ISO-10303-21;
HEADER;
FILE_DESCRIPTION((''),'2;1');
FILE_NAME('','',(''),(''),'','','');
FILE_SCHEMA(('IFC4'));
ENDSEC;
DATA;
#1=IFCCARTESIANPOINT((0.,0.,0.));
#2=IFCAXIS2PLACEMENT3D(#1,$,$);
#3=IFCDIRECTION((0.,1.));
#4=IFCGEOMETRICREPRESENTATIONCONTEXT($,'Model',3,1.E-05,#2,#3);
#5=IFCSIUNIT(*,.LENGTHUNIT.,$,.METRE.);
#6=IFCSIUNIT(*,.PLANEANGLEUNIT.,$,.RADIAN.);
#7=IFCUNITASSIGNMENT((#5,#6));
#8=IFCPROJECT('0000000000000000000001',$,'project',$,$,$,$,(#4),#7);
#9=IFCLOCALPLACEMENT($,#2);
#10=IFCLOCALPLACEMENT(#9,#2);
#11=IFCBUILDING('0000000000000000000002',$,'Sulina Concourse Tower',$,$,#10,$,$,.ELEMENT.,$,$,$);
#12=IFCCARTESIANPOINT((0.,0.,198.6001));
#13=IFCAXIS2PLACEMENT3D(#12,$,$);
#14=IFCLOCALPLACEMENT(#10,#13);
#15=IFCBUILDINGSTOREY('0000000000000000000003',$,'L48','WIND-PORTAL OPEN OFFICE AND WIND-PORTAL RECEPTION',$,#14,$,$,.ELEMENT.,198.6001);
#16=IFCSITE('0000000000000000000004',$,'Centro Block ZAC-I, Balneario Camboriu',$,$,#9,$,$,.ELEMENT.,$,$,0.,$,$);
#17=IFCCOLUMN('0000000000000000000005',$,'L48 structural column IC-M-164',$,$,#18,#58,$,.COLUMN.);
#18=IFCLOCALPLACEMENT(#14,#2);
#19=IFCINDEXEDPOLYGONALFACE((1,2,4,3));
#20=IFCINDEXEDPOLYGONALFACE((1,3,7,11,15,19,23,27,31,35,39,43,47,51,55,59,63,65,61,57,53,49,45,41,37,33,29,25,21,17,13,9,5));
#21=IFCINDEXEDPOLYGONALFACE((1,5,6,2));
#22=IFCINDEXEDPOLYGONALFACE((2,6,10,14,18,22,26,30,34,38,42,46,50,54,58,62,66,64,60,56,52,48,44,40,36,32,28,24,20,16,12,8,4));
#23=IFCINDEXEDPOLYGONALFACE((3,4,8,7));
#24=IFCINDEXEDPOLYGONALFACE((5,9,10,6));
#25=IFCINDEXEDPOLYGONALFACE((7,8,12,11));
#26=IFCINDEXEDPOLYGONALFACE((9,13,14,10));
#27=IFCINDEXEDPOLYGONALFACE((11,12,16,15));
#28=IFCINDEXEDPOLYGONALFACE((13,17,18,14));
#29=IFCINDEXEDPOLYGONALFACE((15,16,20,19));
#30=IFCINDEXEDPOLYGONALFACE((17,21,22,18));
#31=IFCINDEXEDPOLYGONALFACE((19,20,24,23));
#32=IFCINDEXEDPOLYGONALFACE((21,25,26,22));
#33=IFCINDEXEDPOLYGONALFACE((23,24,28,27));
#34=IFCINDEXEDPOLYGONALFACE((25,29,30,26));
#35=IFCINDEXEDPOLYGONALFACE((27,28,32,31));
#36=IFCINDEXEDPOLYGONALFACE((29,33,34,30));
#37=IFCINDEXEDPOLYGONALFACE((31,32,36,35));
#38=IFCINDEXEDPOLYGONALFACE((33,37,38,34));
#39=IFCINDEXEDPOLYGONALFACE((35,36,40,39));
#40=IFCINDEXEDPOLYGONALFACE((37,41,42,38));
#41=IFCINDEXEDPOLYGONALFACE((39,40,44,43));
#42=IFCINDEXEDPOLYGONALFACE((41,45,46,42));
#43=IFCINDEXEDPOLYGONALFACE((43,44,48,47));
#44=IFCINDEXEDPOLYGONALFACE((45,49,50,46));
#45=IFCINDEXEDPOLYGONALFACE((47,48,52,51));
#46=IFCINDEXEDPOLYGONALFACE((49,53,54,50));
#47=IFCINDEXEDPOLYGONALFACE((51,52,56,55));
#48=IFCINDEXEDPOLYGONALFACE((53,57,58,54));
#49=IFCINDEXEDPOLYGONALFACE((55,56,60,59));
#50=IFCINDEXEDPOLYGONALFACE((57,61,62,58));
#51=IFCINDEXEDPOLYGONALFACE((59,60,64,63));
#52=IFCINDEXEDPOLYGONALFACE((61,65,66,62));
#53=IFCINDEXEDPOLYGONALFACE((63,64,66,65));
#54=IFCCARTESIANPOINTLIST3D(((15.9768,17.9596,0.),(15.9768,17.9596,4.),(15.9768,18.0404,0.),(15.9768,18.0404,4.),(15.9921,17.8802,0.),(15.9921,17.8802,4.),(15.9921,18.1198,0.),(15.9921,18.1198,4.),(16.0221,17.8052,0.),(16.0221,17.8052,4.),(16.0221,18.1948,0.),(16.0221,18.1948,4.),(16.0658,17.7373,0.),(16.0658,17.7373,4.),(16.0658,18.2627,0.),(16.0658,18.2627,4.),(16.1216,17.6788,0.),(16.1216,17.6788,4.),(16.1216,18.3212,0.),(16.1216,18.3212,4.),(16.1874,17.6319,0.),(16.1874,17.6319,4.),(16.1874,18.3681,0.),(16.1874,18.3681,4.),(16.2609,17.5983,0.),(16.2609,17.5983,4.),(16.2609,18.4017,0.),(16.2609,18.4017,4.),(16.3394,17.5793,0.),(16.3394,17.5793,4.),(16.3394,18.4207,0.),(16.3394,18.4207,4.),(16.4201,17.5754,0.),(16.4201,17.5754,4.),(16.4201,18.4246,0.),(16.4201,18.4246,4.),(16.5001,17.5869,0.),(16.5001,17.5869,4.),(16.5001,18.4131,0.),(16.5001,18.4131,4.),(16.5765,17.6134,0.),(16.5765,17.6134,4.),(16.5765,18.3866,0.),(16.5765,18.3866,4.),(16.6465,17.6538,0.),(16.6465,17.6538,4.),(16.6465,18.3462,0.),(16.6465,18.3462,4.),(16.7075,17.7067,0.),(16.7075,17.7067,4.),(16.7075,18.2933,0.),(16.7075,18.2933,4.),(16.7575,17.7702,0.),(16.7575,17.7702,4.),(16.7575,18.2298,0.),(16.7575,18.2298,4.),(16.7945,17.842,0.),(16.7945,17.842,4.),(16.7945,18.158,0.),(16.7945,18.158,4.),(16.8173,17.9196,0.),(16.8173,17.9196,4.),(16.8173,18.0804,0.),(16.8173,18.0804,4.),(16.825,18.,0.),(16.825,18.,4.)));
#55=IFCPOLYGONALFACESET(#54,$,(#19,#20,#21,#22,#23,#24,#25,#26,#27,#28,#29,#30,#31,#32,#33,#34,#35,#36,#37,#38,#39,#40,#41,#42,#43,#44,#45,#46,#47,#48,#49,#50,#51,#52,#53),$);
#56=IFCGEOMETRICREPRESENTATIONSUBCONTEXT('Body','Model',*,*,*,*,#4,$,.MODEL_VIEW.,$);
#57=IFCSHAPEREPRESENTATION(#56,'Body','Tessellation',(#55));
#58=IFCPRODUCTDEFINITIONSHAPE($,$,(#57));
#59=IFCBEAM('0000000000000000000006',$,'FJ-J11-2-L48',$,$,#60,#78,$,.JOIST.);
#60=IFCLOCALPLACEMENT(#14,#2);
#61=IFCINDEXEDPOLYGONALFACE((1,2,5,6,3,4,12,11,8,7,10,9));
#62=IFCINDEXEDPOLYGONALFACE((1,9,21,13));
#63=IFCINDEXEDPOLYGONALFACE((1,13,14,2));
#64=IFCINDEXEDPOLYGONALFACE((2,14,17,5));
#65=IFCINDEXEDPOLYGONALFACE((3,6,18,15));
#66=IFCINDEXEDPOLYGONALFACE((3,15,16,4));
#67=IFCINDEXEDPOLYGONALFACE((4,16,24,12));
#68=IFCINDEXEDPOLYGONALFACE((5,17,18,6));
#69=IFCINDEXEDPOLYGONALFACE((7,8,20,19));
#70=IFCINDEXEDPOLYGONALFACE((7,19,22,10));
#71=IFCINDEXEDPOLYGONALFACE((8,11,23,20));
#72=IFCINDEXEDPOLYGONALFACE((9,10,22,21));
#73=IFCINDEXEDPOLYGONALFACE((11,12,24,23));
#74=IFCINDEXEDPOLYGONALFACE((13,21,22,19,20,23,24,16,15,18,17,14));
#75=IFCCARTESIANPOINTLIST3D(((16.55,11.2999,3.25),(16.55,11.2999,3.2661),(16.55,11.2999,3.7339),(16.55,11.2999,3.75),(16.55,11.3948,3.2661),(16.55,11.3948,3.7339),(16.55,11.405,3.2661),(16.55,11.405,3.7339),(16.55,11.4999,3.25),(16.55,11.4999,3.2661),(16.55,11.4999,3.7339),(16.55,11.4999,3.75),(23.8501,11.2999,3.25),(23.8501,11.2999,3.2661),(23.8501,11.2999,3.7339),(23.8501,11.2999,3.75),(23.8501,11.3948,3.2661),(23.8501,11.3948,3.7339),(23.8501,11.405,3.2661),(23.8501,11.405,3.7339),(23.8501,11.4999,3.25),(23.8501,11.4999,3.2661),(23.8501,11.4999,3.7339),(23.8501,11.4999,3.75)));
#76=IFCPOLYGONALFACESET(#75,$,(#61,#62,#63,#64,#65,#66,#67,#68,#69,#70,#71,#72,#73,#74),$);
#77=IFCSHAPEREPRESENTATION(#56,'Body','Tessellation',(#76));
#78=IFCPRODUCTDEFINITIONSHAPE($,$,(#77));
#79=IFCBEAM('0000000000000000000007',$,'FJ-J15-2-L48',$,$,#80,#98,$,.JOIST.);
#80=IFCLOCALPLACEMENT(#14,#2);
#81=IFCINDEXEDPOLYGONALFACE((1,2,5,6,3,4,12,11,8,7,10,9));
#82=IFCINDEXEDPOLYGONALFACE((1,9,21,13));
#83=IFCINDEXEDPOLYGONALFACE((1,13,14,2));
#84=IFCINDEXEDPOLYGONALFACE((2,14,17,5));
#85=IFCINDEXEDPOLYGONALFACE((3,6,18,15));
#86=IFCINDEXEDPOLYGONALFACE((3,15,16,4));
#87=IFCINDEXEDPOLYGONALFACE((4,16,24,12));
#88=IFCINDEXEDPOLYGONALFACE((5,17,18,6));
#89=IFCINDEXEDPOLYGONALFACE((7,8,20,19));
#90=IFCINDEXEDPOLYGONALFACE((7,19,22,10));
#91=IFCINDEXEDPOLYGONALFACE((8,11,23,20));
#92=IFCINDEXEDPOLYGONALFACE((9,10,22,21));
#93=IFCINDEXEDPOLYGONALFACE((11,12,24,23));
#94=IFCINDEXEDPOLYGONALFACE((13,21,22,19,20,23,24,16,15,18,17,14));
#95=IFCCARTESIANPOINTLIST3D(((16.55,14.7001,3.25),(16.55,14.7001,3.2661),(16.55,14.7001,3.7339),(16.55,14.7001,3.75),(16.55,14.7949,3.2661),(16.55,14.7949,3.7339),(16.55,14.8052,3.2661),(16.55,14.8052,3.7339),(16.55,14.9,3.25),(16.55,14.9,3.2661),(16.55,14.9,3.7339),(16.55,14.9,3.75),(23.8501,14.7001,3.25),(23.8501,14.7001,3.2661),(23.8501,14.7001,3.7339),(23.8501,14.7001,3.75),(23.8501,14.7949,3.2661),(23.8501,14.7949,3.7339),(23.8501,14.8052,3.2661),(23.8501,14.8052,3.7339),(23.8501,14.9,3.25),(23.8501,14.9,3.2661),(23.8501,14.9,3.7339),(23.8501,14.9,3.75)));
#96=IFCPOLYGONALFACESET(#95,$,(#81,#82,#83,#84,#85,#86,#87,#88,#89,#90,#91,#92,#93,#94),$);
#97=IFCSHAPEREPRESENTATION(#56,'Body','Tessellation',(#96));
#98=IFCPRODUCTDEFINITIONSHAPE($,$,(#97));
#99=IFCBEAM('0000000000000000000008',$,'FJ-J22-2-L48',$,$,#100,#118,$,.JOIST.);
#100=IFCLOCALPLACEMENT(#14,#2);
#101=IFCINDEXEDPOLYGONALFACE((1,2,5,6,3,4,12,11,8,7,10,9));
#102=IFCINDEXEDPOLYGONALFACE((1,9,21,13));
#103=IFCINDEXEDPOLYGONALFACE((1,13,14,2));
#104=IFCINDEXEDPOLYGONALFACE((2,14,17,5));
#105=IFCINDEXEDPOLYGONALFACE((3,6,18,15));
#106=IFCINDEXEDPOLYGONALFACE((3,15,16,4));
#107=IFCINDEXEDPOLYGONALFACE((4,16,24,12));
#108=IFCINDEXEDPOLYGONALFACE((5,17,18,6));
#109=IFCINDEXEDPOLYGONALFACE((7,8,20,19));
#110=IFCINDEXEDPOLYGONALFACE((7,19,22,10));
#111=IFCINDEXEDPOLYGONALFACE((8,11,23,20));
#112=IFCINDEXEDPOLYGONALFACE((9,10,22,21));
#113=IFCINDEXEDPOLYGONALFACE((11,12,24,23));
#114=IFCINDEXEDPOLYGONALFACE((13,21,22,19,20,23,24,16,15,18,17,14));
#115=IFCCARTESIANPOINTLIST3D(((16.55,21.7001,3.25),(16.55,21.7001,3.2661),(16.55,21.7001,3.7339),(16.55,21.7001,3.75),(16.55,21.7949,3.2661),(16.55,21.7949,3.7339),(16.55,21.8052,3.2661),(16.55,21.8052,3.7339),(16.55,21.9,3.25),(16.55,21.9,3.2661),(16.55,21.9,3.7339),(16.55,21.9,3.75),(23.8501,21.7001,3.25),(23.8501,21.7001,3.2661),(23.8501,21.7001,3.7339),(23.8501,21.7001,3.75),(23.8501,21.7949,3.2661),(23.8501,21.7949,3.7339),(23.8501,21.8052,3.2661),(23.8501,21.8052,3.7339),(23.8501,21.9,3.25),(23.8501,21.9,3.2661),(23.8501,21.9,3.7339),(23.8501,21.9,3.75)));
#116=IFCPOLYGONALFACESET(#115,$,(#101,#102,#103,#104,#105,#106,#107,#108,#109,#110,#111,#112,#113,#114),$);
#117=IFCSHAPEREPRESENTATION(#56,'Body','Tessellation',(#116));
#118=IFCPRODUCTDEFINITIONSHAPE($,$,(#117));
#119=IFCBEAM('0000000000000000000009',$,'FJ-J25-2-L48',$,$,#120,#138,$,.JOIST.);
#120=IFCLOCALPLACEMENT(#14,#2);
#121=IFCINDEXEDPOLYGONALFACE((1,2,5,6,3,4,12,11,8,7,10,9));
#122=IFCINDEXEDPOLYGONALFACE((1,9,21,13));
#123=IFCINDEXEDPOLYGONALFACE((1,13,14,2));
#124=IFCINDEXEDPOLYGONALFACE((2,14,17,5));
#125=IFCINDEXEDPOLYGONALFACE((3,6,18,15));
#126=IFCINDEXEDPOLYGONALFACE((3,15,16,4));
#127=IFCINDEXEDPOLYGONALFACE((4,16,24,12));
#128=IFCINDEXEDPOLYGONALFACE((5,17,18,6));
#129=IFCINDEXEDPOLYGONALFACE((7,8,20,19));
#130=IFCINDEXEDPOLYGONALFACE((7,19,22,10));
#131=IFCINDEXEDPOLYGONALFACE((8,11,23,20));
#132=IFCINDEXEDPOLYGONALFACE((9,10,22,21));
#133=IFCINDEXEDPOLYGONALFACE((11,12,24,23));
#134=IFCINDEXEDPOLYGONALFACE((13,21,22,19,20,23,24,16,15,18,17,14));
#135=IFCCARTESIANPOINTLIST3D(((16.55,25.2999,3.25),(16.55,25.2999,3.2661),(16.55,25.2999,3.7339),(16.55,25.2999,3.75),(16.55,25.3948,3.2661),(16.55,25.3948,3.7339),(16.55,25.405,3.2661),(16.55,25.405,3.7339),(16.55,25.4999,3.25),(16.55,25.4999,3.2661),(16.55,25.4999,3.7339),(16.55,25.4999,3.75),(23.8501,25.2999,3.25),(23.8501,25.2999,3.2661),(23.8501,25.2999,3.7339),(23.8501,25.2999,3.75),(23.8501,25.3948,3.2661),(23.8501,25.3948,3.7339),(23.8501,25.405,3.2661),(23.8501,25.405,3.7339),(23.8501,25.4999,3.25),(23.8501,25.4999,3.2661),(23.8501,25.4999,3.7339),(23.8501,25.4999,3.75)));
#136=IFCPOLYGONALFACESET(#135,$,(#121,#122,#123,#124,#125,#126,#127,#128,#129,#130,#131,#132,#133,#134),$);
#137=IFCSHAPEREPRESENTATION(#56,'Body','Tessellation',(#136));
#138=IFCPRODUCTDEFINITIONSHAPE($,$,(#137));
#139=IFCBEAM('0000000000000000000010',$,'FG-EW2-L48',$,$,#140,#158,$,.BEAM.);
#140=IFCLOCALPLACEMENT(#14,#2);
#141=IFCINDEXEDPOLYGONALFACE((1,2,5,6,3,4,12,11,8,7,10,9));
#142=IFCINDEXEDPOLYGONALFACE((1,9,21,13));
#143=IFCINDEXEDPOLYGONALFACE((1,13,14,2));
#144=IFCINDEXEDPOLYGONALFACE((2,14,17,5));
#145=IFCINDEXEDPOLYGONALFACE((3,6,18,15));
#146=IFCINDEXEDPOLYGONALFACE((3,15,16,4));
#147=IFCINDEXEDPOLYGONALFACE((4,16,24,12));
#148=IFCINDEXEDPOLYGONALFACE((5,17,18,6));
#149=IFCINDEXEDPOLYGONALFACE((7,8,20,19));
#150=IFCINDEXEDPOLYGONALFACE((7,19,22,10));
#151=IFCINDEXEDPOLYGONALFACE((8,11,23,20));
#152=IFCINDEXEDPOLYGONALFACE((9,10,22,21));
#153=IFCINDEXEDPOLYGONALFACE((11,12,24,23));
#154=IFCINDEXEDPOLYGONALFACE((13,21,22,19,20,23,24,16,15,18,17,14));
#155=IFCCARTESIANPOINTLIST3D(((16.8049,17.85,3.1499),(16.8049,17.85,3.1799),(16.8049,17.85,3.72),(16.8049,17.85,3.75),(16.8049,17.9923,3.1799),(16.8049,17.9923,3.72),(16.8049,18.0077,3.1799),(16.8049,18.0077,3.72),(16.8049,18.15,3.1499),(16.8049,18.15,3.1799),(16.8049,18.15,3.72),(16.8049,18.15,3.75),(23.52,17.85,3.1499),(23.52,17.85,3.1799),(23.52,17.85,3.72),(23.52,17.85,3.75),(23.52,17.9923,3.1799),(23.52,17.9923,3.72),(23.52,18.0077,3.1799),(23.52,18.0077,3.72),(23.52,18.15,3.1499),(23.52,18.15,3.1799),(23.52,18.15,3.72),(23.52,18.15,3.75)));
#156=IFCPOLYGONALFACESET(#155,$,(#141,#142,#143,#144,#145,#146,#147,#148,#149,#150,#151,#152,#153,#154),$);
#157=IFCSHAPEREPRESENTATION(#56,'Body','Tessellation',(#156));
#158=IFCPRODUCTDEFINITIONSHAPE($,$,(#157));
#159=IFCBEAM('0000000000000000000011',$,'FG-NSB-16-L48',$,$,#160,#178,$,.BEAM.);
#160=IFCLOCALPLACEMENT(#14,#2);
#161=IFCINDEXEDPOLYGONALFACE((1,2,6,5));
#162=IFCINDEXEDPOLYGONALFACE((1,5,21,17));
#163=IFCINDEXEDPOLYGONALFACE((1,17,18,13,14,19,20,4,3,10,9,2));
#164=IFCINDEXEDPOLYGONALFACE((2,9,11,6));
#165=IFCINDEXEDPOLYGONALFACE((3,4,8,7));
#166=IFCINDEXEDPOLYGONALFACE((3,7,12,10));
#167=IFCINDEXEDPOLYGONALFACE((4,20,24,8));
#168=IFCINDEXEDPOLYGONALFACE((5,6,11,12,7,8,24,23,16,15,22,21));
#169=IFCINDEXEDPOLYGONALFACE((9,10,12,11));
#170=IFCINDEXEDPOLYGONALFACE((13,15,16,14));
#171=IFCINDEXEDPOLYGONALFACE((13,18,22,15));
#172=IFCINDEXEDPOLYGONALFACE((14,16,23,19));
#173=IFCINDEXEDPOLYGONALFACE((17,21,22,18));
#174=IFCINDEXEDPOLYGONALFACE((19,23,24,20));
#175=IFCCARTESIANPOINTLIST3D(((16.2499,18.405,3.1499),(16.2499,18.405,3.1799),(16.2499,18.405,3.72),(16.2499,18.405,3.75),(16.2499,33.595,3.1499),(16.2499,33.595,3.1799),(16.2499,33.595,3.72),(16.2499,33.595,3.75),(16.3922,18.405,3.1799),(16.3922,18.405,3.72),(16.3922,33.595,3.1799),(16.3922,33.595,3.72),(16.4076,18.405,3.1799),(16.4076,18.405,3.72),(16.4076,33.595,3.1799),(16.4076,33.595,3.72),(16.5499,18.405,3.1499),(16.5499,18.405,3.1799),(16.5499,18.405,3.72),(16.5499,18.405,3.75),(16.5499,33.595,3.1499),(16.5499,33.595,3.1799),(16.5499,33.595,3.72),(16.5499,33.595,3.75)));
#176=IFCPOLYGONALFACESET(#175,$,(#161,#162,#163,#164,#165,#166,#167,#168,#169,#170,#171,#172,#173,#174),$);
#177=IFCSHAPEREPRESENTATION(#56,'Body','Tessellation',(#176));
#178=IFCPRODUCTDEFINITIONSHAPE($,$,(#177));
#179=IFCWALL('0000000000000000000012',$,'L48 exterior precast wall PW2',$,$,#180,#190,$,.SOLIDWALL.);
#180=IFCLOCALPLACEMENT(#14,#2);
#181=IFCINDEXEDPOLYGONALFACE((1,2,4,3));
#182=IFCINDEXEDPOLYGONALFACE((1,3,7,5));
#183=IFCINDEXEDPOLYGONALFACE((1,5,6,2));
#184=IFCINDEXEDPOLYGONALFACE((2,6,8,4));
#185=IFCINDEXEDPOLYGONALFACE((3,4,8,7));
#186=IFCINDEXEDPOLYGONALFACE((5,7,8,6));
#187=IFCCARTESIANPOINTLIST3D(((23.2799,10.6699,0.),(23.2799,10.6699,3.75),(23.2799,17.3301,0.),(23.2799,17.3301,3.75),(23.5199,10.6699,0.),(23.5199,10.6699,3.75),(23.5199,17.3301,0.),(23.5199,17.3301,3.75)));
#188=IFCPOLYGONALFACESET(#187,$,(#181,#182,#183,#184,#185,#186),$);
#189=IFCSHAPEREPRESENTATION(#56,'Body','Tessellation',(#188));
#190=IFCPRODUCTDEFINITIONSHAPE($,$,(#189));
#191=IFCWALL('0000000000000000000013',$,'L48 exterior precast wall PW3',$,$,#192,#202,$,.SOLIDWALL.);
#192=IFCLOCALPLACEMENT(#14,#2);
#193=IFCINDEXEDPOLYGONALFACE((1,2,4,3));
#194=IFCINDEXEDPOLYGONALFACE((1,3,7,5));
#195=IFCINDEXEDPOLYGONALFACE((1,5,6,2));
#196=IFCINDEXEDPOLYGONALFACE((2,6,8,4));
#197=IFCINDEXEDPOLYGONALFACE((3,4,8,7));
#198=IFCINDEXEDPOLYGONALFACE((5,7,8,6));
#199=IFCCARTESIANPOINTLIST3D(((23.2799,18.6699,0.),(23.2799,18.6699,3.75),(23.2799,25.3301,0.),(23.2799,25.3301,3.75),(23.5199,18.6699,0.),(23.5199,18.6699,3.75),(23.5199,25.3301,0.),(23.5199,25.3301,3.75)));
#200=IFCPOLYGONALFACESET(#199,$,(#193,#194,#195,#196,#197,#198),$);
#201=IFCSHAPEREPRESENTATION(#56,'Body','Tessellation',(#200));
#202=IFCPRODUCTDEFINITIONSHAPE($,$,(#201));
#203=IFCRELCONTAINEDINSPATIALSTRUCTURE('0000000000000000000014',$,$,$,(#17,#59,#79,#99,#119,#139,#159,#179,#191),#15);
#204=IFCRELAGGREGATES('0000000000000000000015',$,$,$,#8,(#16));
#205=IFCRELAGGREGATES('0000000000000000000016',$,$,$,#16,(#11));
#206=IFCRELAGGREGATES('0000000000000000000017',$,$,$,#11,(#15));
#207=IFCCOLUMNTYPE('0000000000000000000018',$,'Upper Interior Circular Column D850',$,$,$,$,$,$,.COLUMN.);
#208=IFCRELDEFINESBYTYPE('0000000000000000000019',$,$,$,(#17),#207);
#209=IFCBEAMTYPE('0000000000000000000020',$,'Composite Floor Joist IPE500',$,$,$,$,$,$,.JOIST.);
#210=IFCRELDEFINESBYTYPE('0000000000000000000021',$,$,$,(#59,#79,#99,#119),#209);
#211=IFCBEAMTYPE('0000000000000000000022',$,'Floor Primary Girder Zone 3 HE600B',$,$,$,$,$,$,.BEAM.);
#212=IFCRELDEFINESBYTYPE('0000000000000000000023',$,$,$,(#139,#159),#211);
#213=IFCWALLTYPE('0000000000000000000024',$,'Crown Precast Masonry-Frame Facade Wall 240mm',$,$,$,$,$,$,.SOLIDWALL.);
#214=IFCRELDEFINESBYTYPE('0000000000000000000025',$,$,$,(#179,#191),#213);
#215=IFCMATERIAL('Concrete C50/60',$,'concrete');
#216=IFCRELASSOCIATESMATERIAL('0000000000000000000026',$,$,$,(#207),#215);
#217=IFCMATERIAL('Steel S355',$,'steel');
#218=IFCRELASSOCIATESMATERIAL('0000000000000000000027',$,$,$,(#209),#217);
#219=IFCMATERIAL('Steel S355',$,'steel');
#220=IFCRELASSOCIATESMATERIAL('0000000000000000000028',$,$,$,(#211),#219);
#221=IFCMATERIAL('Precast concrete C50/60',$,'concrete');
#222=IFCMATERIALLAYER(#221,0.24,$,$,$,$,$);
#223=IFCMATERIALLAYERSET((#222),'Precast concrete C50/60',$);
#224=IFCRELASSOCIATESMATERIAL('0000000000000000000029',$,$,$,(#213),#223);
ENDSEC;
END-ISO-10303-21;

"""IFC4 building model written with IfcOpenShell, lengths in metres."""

from ifc_helpers import new_model, si_unit, direction, frame, frame_2d, origin, origin_2d, place, context, subcontext, project, spatial, rectangle, circle, i_section, extrude, material, layer, layer_set, material_profile, profile_set, type_object, element, save


model = new_model("IFC4")

# Units and contexts
model_context = context("Model", 3, precision=1e-05, world=origin(), true_north=direction((0.0, 1.0)))
body_context = subcontext(model_context, "Body", "Model", "MODEL_VIEW")
ifc_project = project(units=[si_unit("LENGTHUNIT", "METRE"), si_unit("PLANEANGLEUNIT", "RADIAN")], contexts=[model_context])

# Site, building, storey
site_placement = place(None, origin())
site = spatial("IfcSite", under=ifc_project, at=site_placement, Name="Centro Block ZAC-I, Balneario Camboriu", CompositionType="ELEMENT", RefElevation=0.0)
building_placement = place(site_placement, origin())
building = spatial("IfcBuilding", under=site, at=building_placement, Name="Sulina Concourse Tower", CompositionType="ELEMENT")
storey_placement = place(building_placement, frame((0.0, 0.0, 198.6001)))
storey = spatial("IfcBuildingStorey", under=building, at=storey_placement, Name="L48", Description="WIND-PORTAL OPEN OFFICE AND WIND-PORTAL RECEPTION", CompositionType="ELEMENT", Elevation=198.6001)

# Column
ifc_material_1 = material(Name="Concrete C50/60", Category="concrete")
ifc_material_profile_1 = material_profile(ifc_material_1, circle(Radius=0.425, at=origin_2d()), Name="RC D850")
ifc_profile_set_1 = profile_set([ifc_material_profile_1], Name="Concrete C50/60")
column_type = type_object("IfcColumnType", Name="Upper Interior Circular Column D850", PredefinedType="COLUMN", material=ifc_profile_set_1)
column_placement = place(storey_placement, frame((16.3999, 18.0, 0.0), z_axis=(0.0, 0.0, 1.0), x_axis=(1.0, 0.0, 0.0)))
element("IfcColumn", 1, at=column_placement, inside=storey, type_object=column_type, Name="L48 structural column IC-M-164", PredefinedType="COLUMN", context=body_context, shape_type="SweptSolid", body=[
    extrude(circle(Radius=0.425, at=origin_2d()), origin(), (0.0, 0.0, 1.0), 4.0),
])

# Beams
ifc_material_2 = material(Name="Steel S355", Category="steel")
ifc_material_profile_2 = material_profile(ifc_material_2, i_section(OverallWidth=0.2, OverallDepth=0.5, WebThickness=0.0103, FlangeThickness=0.0161, at=origin_2d()), Name="IPE 500")
ifc_profile_set_2 = profile_set([ifc_material_profile_2], Name="Steel S355")
beam_type_1 = type_object("IfcBeamType", Name="Composite Floor Joist IPE500", PredefinedType="JOIST", material=ifc_profile_set_2)
for number, where, z_axis, x_axis, name in (
    (2, (16.55, 11.3999, 3.5), (1.0, 0.0, 0.0), (0.0, 1.0, 0.0), "FJ-J11-2-L48"),
    (3, (16.55, 14.8, 3.5), (1.0, 0.0, 0.0), (0.0, 1.0, 0.0), "FJ-J15-2-L48"),
    (4, (16.55, 21.8, 3.5), (1.0, 0.0, 0.0), (0.0, 1.0, 0.0), "FJ-J22-2-L48"),
    (5, (16.55, 25.3999, 3.5), (1.0, 0.0, 0.0), (0.0, 1.0, 0.0), "FJ-J25-2-L48"),
):
    element("IfcBeam", number, at=place(storey_placement, frame(where, z_axis=z_axis, x_axis=x_axis)), inside=storey, type_object=beam_type_1, Name=name, PredefinedType="JOIST", context=body_context, shape_type="SweptSolid", body=[
        extrude(i_section(OverallWidth=0.2, OverallDepth=0.5, WebThickness=0.0103, FlangeThickness=0.0161, at=origin_2d()), origin(), (0.0, 0.0, 1.0), 7.3),
    ])
ifc_material_3 = material(Name="Steel S355", Category="steel")
ifc_material_profile_3 = material_profile(ifc_material_3, i_section(OverallWidth=0.3, OverallDepth=0.6001, WebThickness=0.0154, FlangeThickness=0.03, at=origin_2d()), Name="HE 600 B")
ifc_profile_set_3 = profile_set([ifc_material_profile_3], Name="Steel S355")
beam_type_2 = type_object("IfcBeamType", Name="Floor Primary Girder Zone 3 HE600B", PredefinedType="BEAM", material=ifc_profile_set_3)
beam_1_placement = place(storey_placement, frame((16.8049, 18.0, 3.45), z_axis=(1.0, 0.0, 0.0), x_axis=(0.0, 1.0, 0.0)))
element("IfcBeam", 6, at=beam_1_placement, inside=storey, type_object=beam_type_2, Name="FG-EW2-L48", PredefinedType="BEAM", context=body_context, shape_type="SweptSolid", body=[
    extrude(i_section(OverallWidth=0.3, OverallDepth=0.6001, WebThickness=0.0154, FlangeThickness=0.03, at=origin_2d()), origin(), (0.0, 0.0, 1.0), 6.7151),
])
beam_2_placement = place(storey_placement, frame((16.3999, 18.405, 3.45), z_axis=(0.0, 1.0, 0.0), x_axis=(-1.0, 0.0, 0.0)))
element("IfcBeam", 7, at=beam_2_placement, inside=storey, type_object=beam_type_2, Name="FG-NSB-16-L48", PredefinedType="BEAM", context=body_context, shape_type="SweptSolid", body=[
    extrude(i_section(OverallWidth=0.3, OverallDepth=0.6001, WebThickness=0.0154, FlangeThickness=0.03, at=origin_2d()), origin(), (0.0, 0.0, 1.0), 15.1899),
])

# Walls
ifc_material_4 = material(Name="Precast concrete C50/60", Category="concrete")
ifc_layer_1 = layer(ifc_material_4, 0.24)
ifc_layer_set_1 = layer_set([ifc_layer_1], Name="Precast concrete C50/60")
wall_type_1 = type_object("IfcWallType", Name="Crown Precast Masonry-Frame Facade Wall 240mm", PredefinedType="SOLIDWALL", material=ifc_layer_set_1)
for number, where, z_axis, x_axis, name in (
    (8, (23.3999, 17.3301, 0.0), (0.0, 0.0, 1.0), (0.0, -1.0, 0.0), "L48 exterior precast wall PW2"),
    (9, (23.3999, 25.3301, 0.0), (0.0, 0.0, 1.0), (0.0, -1.0, 0.0), "L48 exterior precast wall PW3"),
):
    element("IfcWall", number, at=place(storey_placement, frame(where, z_axis=z_axis, x_axis=x_axis)), inside=storey, type_object=wall_type_1, Name=name, PredefinedType="SOLIDWALL", context=body_context, shape_type="SweptSolid", body=[
        extrude(rectangle(XDim=6.6602, YDim=0.24, at=frame_2d((3.3301, 0.0))), origin(), (0.0, 0.0, 1.0), 3.75),
    ])

save(model, "model.ifc")
